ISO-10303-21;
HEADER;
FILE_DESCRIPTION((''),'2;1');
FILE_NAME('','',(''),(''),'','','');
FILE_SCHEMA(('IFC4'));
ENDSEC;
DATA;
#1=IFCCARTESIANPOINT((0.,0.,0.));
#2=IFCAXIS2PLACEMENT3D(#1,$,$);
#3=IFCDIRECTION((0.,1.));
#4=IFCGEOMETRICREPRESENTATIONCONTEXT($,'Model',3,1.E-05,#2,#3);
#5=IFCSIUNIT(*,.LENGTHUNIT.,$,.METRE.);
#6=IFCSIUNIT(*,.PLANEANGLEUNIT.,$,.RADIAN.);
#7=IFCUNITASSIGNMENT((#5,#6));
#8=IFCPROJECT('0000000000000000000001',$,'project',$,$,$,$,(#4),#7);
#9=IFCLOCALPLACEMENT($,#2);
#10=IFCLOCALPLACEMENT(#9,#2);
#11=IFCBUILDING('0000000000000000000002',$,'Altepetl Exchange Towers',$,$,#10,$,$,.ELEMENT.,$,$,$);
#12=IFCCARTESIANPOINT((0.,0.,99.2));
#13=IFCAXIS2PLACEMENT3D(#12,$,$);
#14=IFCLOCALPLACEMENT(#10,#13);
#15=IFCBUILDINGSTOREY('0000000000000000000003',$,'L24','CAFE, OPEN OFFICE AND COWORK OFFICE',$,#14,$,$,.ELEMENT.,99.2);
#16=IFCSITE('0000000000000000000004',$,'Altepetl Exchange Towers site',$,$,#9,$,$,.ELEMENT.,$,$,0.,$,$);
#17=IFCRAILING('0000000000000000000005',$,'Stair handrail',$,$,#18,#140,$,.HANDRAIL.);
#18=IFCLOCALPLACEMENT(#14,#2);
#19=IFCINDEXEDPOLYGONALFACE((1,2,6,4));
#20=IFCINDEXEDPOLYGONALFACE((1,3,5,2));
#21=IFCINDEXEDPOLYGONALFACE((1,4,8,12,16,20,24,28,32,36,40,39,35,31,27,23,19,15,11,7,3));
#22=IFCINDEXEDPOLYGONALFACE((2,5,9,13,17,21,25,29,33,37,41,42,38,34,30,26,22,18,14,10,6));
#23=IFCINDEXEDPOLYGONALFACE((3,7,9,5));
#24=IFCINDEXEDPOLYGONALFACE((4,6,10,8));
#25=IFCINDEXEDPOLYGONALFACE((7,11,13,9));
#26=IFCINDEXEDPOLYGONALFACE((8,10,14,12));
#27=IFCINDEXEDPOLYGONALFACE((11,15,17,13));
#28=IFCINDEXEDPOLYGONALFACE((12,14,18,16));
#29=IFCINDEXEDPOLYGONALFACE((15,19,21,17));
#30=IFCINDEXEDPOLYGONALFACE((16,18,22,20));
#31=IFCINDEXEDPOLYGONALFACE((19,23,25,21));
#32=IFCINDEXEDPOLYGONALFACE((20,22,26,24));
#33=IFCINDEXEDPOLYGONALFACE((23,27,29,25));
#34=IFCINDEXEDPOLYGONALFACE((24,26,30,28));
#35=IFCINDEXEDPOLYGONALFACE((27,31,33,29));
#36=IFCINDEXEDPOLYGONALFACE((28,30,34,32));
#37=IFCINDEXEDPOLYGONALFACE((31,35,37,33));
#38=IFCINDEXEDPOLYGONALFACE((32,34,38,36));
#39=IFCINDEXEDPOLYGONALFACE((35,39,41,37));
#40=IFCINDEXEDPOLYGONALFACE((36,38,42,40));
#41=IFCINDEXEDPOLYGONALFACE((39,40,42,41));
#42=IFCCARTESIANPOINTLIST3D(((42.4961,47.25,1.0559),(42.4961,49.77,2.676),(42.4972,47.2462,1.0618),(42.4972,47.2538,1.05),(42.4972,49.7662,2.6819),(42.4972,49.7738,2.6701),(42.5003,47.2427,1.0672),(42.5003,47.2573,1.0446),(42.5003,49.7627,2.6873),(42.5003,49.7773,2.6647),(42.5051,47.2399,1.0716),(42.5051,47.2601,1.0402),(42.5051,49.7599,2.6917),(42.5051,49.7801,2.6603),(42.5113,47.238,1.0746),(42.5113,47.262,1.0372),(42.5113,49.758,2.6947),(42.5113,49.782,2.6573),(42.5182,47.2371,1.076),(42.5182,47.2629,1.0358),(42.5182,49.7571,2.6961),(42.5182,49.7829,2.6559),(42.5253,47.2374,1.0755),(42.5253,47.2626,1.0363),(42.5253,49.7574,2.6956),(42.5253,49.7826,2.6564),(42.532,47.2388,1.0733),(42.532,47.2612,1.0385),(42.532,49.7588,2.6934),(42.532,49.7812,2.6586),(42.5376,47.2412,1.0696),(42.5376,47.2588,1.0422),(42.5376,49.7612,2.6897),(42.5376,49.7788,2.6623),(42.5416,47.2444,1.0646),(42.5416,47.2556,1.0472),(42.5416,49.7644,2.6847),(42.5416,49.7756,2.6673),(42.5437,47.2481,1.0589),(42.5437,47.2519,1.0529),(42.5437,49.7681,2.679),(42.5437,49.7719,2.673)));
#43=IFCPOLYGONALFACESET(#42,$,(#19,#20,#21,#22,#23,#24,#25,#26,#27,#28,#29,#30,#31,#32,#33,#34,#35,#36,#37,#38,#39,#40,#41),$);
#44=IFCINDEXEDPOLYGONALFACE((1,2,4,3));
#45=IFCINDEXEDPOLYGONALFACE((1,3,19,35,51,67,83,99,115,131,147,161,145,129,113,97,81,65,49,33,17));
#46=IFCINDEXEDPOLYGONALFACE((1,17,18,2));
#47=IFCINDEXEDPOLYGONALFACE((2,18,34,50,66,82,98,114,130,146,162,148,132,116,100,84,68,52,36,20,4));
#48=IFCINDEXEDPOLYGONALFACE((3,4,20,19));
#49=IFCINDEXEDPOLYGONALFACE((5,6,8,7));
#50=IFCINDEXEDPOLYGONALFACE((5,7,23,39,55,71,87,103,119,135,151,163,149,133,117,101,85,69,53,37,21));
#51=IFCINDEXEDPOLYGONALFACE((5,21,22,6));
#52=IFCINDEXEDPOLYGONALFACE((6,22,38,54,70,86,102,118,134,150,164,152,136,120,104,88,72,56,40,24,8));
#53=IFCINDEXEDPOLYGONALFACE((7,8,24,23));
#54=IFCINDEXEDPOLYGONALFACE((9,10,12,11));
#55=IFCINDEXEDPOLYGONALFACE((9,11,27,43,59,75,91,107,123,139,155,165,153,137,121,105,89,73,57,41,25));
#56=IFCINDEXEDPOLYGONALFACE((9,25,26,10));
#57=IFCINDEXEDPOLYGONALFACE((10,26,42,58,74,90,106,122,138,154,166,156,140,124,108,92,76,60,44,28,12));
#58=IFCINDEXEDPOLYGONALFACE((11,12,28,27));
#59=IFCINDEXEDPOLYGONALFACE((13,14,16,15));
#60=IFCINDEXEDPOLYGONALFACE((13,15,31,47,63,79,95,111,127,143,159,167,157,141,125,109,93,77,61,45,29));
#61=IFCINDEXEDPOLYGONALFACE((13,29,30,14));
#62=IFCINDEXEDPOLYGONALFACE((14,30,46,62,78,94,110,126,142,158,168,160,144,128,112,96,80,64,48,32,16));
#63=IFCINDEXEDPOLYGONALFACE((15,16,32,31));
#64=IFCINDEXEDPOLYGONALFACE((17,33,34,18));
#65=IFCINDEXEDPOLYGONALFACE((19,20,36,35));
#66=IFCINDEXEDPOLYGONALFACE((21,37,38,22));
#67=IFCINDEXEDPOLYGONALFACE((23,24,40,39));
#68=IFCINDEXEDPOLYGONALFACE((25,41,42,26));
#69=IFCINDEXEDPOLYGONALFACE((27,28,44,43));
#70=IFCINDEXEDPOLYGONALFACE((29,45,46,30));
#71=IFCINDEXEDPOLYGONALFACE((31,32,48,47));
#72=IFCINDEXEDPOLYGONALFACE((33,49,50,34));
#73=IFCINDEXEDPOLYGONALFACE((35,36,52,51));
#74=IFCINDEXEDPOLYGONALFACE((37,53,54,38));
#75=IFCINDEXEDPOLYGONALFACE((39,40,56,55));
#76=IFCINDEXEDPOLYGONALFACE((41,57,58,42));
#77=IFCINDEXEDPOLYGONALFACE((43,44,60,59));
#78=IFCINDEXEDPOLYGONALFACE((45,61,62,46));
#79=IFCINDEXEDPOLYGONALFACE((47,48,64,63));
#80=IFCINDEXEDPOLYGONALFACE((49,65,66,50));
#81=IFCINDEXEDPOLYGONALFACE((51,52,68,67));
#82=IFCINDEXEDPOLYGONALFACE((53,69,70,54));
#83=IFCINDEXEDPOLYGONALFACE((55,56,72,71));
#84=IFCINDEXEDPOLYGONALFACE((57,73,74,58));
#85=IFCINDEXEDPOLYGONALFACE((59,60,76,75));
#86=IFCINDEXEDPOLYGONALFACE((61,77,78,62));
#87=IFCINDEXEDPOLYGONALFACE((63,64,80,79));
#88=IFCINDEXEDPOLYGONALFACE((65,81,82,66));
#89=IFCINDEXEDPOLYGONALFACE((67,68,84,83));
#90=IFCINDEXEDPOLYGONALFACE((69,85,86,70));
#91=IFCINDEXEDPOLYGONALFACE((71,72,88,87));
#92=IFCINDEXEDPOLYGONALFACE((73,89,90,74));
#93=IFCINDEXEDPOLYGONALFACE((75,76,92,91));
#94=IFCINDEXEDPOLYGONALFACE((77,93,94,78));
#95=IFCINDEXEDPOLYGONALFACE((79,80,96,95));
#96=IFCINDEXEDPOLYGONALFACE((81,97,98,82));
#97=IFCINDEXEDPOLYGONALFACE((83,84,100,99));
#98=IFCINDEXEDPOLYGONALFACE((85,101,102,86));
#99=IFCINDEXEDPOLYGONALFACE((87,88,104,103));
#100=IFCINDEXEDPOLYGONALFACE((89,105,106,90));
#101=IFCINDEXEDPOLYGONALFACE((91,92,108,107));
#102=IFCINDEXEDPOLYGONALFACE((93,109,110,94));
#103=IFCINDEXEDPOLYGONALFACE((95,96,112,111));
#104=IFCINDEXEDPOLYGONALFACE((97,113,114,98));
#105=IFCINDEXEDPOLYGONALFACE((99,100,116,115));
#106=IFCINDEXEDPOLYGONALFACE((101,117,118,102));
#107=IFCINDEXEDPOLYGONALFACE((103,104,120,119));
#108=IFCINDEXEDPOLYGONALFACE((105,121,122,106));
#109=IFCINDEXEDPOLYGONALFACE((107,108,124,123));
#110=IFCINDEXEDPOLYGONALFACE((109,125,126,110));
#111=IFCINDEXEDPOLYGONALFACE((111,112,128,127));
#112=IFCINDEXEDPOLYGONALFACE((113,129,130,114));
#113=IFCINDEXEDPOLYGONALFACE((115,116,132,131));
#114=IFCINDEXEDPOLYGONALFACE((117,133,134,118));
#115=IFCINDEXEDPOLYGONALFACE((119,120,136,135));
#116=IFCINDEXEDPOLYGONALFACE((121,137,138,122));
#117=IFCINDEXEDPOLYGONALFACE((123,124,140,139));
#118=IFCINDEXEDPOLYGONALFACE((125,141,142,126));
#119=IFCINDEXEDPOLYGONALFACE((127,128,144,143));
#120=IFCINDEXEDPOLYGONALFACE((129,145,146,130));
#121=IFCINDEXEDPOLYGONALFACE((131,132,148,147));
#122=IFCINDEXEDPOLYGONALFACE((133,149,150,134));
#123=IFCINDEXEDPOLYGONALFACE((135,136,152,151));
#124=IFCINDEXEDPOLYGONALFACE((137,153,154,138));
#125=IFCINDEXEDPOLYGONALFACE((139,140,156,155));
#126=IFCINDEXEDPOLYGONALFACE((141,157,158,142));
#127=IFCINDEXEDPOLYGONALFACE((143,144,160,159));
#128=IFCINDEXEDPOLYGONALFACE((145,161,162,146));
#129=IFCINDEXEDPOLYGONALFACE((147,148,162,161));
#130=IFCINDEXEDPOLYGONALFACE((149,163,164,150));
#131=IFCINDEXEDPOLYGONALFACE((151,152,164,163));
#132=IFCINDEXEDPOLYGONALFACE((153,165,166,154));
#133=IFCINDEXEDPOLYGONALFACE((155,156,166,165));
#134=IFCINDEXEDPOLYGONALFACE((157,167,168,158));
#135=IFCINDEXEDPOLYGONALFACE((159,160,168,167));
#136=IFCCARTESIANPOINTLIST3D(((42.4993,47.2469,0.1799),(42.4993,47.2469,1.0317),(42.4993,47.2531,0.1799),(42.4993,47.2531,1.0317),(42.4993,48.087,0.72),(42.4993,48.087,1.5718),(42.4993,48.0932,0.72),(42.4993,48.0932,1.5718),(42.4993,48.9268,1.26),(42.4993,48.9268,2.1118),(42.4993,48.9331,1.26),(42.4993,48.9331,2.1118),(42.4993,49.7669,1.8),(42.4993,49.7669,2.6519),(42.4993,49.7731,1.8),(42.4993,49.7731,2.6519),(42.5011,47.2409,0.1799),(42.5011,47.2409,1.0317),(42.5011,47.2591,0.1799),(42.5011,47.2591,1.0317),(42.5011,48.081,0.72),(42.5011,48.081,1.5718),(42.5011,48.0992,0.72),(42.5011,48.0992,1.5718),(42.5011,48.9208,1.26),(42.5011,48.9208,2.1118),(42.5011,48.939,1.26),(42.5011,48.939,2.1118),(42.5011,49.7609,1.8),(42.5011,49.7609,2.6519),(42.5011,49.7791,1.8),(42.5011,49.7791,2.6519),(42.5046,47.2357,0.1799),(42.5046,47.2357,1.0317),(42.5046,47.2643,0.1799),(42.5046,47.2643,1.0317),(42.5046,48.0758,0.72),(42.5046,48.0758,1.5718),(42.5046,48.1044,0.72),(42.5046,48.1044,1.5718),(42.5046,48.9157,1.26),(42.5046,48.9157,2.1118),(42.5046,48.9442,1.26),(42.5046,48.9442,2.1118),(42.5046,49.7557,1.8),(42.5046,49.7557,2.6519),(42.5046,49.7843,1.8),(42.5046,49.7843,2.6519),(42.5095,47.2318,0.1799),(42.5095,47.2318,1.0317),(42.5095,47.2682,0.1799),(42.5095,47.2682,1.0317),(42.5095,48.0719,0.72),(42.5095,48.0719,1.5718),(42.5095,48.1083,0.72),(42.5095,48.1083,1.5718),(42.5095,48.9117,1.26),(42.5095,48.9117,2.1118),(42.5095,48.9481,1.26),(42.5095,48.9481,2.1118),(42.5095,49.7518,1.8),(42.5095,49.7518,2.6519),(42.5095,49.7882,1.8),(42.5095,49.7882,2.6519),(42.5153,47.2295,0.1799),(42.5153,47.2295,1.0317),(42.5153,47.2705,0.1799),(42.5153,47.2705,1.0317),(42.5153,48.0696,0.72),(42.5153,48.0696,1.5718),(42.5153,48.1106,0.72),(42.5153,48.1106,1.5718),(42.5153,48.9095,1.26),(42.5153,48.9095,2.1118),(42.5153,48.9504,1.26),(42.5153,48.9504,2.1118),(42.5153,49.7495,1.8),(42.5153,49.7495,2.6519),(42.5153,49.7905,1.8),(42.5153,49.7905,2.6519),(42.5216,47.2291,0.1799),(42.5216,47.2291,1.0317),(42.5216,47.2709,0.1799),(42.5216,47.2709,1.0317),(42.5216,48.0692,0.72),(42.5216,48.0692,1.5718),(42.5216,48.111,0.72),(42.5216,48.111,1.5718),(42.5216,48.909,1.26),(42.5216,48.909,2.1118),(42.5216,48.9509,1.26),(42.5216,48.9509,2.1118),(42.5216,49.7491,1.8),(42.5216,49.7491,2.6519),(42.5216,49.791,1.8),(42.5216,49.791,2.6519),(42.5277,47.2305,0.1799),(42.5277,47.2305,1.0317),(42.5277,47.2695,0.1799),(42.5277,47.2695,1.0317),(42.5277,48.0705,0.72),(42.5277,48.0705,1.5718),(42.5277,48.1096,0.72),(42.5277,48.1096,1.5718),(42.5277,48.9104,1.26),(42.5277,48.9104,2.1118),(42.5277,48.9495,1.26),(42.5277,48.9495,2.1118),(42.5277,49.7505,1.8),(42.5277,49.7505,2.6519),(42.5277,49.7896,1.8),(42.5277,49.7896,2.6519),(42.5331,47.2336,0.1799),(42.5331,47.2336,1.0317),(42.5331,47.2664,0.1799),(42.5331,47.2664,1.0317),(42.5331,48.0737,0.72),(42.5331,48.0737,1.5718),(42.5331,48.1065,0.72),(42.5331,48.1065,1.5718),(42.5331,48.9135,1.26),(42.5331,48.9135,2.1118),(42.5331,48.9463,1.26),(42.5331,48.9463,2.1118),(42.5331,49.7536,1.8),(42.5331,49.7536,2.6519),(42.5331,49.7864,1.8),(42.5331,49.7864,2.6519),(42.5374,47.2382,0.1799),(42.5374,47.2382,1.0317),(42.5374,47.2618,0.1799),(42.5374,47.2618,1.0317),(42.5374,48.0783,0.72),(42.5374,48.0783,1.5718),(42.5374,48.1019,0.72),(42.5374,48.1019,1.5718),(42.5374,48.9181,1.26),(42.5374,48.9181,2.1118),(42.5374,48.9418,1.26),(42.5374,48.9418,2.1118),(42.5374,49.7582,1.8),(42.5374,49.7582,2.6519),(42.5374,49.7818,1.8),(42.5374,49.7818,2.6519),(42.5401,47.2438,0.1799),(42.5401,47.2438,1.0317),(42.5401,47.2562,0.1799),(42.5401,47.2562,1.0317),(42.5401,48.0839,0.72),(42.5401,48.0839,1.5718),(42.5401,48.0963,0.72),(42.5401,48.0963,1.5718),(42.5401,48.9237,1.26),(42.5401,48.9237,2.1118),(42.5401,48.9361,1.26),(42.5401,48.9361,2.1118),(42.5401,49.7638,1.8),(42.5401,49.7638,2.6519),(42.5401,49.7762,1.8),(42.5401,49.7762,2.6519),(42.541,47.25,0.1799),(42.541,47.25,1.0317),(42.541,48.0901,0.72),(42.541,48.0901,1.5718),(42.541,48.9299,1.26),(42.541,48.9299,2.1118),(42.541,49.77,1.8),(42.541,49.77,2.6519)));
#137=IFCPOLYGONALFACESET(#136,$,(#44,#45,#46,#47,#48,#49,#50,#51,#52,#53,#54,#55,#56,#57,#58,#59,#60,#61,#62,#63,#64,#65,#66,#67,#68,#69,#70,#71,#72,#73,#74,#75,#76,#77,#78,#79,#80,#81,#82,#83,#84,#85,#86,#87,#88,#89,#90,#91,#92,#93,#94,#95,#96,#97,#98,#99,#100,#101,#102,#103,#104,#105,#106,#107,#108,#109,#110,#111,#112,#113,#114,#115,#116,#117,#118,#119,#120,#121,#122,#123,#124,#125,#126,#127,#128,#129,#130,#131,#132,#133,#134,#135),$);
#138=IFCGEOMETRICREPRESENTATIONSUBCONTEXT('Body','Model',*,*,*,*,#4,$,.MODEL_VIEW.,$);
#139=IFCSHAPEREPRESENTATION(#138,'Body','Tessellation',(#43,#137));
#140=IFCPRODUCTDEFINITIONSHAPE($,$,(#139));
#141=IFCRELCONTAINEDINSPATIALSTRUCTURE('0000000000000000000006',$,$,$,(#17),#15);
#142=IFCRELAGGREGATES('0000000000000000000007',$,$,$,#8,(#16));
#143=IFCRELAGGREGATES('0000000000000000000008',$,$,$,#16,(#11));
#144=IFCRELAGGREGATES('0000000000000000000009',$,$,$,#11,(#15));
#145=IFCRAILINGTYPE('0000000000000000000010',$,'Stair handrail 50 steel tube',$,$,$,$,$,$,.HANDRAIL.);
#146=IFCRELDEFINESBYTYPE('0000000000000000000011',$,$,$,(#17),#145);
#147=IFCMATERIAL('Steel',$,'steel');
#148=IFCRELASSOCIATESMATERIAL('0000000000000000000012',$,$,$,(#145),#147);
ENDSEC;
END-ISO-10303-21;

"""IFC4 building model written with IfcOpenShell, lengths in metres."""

from ifc_helpers import new_model, si_unit, direction, frame, origin, origin_2d, place, context, subcontext, project, spatial, circle, extrude, source, transform, mapped, material, type_object, element, save


model = new_model("IFC4")

# Units and contexts
model_context = context("Model", 3, precision=1e-05, world=origin(), true_north=direction((0.0, 1.0)))
body_context = subcontext(model_context, "Body", "Model", "MODEL_VIEW")
ifc_project = project(units=[si_unit("LENGTHUNIT", "METRE"), si_unit("PLANEANGLEUNIT", "RADIAN")], contexts=[model_context])

# Site, building, storey
site_placement = place(None, origin())
site = spatial("IfcSite", under=ifc_project, at=site_placement, Name="Altepetl Exchange Towers site", CompositionType="ELEMENT", RefElevation=0.0)
building_placement = place(site_placement, origin())
building = spatial("IfcBuilding", under=site, at=building_placement, Name="Altepetl Exchange Towers", CompositionType="ELEMENT")
storey_placement = place(building_placement, frame((0.0, 0.0, 99.2)))
storey = spatial("IfcBuildingStorey", under=building, at=storey_placement, Name="L24", Description="CAFE, OPEN OFFICE AND COWORK OFFICE", CompositionType="ELEMENT", Elevation=99.2)

# Railing
ifc_material_1 = material(Name="Steel", Category="steel")
railing_type = type_object("IfcRailingType", Name="Stair handrail 50 steel tube", PredefinedType="HANDRAIL", material=ifc_material_1)
shared_shape = source(origin(), body_context, "Body", "SweptSolid", [
    extrude(circle(Radius=0.021, at=origin_2d()), origin(), (0.0, 0.0, 1.0), 0.8518),
])
railing_1_placement = place(storey_placement, frame((42.52, 47.25, 0.1799)))
element("IfcRailing", 1, at=railing_1_placement, inside=storey, type_object=railing_type, Name="Stair handrail", PredefinedType="HANDRAIL", context=body_context, shape_type="SweptSolid", body=[
    extrude(circle(Radius=0.0239, at=origin_2d()), frame((0.0, 0.0, 0.876), z_axis=(0.0, 0.841163, 0.540782), x_axis=(-1.0, 0.0, 0.0)), (0.0, 0.0, 1.0), 2.9958),
    mapped(shared_shape, transform((0.0, 0.0, 0.0))),
    mapped(shared_shape, transform((0.0, 0.8401, 0.54))),
    mapped(shared_shape, transform((0.0, 1.6799, 1.0801))),
    mapped(shared_shape, transform((0.0, 2.52, 1.6201))),
])

save(model, "model.ifc")
